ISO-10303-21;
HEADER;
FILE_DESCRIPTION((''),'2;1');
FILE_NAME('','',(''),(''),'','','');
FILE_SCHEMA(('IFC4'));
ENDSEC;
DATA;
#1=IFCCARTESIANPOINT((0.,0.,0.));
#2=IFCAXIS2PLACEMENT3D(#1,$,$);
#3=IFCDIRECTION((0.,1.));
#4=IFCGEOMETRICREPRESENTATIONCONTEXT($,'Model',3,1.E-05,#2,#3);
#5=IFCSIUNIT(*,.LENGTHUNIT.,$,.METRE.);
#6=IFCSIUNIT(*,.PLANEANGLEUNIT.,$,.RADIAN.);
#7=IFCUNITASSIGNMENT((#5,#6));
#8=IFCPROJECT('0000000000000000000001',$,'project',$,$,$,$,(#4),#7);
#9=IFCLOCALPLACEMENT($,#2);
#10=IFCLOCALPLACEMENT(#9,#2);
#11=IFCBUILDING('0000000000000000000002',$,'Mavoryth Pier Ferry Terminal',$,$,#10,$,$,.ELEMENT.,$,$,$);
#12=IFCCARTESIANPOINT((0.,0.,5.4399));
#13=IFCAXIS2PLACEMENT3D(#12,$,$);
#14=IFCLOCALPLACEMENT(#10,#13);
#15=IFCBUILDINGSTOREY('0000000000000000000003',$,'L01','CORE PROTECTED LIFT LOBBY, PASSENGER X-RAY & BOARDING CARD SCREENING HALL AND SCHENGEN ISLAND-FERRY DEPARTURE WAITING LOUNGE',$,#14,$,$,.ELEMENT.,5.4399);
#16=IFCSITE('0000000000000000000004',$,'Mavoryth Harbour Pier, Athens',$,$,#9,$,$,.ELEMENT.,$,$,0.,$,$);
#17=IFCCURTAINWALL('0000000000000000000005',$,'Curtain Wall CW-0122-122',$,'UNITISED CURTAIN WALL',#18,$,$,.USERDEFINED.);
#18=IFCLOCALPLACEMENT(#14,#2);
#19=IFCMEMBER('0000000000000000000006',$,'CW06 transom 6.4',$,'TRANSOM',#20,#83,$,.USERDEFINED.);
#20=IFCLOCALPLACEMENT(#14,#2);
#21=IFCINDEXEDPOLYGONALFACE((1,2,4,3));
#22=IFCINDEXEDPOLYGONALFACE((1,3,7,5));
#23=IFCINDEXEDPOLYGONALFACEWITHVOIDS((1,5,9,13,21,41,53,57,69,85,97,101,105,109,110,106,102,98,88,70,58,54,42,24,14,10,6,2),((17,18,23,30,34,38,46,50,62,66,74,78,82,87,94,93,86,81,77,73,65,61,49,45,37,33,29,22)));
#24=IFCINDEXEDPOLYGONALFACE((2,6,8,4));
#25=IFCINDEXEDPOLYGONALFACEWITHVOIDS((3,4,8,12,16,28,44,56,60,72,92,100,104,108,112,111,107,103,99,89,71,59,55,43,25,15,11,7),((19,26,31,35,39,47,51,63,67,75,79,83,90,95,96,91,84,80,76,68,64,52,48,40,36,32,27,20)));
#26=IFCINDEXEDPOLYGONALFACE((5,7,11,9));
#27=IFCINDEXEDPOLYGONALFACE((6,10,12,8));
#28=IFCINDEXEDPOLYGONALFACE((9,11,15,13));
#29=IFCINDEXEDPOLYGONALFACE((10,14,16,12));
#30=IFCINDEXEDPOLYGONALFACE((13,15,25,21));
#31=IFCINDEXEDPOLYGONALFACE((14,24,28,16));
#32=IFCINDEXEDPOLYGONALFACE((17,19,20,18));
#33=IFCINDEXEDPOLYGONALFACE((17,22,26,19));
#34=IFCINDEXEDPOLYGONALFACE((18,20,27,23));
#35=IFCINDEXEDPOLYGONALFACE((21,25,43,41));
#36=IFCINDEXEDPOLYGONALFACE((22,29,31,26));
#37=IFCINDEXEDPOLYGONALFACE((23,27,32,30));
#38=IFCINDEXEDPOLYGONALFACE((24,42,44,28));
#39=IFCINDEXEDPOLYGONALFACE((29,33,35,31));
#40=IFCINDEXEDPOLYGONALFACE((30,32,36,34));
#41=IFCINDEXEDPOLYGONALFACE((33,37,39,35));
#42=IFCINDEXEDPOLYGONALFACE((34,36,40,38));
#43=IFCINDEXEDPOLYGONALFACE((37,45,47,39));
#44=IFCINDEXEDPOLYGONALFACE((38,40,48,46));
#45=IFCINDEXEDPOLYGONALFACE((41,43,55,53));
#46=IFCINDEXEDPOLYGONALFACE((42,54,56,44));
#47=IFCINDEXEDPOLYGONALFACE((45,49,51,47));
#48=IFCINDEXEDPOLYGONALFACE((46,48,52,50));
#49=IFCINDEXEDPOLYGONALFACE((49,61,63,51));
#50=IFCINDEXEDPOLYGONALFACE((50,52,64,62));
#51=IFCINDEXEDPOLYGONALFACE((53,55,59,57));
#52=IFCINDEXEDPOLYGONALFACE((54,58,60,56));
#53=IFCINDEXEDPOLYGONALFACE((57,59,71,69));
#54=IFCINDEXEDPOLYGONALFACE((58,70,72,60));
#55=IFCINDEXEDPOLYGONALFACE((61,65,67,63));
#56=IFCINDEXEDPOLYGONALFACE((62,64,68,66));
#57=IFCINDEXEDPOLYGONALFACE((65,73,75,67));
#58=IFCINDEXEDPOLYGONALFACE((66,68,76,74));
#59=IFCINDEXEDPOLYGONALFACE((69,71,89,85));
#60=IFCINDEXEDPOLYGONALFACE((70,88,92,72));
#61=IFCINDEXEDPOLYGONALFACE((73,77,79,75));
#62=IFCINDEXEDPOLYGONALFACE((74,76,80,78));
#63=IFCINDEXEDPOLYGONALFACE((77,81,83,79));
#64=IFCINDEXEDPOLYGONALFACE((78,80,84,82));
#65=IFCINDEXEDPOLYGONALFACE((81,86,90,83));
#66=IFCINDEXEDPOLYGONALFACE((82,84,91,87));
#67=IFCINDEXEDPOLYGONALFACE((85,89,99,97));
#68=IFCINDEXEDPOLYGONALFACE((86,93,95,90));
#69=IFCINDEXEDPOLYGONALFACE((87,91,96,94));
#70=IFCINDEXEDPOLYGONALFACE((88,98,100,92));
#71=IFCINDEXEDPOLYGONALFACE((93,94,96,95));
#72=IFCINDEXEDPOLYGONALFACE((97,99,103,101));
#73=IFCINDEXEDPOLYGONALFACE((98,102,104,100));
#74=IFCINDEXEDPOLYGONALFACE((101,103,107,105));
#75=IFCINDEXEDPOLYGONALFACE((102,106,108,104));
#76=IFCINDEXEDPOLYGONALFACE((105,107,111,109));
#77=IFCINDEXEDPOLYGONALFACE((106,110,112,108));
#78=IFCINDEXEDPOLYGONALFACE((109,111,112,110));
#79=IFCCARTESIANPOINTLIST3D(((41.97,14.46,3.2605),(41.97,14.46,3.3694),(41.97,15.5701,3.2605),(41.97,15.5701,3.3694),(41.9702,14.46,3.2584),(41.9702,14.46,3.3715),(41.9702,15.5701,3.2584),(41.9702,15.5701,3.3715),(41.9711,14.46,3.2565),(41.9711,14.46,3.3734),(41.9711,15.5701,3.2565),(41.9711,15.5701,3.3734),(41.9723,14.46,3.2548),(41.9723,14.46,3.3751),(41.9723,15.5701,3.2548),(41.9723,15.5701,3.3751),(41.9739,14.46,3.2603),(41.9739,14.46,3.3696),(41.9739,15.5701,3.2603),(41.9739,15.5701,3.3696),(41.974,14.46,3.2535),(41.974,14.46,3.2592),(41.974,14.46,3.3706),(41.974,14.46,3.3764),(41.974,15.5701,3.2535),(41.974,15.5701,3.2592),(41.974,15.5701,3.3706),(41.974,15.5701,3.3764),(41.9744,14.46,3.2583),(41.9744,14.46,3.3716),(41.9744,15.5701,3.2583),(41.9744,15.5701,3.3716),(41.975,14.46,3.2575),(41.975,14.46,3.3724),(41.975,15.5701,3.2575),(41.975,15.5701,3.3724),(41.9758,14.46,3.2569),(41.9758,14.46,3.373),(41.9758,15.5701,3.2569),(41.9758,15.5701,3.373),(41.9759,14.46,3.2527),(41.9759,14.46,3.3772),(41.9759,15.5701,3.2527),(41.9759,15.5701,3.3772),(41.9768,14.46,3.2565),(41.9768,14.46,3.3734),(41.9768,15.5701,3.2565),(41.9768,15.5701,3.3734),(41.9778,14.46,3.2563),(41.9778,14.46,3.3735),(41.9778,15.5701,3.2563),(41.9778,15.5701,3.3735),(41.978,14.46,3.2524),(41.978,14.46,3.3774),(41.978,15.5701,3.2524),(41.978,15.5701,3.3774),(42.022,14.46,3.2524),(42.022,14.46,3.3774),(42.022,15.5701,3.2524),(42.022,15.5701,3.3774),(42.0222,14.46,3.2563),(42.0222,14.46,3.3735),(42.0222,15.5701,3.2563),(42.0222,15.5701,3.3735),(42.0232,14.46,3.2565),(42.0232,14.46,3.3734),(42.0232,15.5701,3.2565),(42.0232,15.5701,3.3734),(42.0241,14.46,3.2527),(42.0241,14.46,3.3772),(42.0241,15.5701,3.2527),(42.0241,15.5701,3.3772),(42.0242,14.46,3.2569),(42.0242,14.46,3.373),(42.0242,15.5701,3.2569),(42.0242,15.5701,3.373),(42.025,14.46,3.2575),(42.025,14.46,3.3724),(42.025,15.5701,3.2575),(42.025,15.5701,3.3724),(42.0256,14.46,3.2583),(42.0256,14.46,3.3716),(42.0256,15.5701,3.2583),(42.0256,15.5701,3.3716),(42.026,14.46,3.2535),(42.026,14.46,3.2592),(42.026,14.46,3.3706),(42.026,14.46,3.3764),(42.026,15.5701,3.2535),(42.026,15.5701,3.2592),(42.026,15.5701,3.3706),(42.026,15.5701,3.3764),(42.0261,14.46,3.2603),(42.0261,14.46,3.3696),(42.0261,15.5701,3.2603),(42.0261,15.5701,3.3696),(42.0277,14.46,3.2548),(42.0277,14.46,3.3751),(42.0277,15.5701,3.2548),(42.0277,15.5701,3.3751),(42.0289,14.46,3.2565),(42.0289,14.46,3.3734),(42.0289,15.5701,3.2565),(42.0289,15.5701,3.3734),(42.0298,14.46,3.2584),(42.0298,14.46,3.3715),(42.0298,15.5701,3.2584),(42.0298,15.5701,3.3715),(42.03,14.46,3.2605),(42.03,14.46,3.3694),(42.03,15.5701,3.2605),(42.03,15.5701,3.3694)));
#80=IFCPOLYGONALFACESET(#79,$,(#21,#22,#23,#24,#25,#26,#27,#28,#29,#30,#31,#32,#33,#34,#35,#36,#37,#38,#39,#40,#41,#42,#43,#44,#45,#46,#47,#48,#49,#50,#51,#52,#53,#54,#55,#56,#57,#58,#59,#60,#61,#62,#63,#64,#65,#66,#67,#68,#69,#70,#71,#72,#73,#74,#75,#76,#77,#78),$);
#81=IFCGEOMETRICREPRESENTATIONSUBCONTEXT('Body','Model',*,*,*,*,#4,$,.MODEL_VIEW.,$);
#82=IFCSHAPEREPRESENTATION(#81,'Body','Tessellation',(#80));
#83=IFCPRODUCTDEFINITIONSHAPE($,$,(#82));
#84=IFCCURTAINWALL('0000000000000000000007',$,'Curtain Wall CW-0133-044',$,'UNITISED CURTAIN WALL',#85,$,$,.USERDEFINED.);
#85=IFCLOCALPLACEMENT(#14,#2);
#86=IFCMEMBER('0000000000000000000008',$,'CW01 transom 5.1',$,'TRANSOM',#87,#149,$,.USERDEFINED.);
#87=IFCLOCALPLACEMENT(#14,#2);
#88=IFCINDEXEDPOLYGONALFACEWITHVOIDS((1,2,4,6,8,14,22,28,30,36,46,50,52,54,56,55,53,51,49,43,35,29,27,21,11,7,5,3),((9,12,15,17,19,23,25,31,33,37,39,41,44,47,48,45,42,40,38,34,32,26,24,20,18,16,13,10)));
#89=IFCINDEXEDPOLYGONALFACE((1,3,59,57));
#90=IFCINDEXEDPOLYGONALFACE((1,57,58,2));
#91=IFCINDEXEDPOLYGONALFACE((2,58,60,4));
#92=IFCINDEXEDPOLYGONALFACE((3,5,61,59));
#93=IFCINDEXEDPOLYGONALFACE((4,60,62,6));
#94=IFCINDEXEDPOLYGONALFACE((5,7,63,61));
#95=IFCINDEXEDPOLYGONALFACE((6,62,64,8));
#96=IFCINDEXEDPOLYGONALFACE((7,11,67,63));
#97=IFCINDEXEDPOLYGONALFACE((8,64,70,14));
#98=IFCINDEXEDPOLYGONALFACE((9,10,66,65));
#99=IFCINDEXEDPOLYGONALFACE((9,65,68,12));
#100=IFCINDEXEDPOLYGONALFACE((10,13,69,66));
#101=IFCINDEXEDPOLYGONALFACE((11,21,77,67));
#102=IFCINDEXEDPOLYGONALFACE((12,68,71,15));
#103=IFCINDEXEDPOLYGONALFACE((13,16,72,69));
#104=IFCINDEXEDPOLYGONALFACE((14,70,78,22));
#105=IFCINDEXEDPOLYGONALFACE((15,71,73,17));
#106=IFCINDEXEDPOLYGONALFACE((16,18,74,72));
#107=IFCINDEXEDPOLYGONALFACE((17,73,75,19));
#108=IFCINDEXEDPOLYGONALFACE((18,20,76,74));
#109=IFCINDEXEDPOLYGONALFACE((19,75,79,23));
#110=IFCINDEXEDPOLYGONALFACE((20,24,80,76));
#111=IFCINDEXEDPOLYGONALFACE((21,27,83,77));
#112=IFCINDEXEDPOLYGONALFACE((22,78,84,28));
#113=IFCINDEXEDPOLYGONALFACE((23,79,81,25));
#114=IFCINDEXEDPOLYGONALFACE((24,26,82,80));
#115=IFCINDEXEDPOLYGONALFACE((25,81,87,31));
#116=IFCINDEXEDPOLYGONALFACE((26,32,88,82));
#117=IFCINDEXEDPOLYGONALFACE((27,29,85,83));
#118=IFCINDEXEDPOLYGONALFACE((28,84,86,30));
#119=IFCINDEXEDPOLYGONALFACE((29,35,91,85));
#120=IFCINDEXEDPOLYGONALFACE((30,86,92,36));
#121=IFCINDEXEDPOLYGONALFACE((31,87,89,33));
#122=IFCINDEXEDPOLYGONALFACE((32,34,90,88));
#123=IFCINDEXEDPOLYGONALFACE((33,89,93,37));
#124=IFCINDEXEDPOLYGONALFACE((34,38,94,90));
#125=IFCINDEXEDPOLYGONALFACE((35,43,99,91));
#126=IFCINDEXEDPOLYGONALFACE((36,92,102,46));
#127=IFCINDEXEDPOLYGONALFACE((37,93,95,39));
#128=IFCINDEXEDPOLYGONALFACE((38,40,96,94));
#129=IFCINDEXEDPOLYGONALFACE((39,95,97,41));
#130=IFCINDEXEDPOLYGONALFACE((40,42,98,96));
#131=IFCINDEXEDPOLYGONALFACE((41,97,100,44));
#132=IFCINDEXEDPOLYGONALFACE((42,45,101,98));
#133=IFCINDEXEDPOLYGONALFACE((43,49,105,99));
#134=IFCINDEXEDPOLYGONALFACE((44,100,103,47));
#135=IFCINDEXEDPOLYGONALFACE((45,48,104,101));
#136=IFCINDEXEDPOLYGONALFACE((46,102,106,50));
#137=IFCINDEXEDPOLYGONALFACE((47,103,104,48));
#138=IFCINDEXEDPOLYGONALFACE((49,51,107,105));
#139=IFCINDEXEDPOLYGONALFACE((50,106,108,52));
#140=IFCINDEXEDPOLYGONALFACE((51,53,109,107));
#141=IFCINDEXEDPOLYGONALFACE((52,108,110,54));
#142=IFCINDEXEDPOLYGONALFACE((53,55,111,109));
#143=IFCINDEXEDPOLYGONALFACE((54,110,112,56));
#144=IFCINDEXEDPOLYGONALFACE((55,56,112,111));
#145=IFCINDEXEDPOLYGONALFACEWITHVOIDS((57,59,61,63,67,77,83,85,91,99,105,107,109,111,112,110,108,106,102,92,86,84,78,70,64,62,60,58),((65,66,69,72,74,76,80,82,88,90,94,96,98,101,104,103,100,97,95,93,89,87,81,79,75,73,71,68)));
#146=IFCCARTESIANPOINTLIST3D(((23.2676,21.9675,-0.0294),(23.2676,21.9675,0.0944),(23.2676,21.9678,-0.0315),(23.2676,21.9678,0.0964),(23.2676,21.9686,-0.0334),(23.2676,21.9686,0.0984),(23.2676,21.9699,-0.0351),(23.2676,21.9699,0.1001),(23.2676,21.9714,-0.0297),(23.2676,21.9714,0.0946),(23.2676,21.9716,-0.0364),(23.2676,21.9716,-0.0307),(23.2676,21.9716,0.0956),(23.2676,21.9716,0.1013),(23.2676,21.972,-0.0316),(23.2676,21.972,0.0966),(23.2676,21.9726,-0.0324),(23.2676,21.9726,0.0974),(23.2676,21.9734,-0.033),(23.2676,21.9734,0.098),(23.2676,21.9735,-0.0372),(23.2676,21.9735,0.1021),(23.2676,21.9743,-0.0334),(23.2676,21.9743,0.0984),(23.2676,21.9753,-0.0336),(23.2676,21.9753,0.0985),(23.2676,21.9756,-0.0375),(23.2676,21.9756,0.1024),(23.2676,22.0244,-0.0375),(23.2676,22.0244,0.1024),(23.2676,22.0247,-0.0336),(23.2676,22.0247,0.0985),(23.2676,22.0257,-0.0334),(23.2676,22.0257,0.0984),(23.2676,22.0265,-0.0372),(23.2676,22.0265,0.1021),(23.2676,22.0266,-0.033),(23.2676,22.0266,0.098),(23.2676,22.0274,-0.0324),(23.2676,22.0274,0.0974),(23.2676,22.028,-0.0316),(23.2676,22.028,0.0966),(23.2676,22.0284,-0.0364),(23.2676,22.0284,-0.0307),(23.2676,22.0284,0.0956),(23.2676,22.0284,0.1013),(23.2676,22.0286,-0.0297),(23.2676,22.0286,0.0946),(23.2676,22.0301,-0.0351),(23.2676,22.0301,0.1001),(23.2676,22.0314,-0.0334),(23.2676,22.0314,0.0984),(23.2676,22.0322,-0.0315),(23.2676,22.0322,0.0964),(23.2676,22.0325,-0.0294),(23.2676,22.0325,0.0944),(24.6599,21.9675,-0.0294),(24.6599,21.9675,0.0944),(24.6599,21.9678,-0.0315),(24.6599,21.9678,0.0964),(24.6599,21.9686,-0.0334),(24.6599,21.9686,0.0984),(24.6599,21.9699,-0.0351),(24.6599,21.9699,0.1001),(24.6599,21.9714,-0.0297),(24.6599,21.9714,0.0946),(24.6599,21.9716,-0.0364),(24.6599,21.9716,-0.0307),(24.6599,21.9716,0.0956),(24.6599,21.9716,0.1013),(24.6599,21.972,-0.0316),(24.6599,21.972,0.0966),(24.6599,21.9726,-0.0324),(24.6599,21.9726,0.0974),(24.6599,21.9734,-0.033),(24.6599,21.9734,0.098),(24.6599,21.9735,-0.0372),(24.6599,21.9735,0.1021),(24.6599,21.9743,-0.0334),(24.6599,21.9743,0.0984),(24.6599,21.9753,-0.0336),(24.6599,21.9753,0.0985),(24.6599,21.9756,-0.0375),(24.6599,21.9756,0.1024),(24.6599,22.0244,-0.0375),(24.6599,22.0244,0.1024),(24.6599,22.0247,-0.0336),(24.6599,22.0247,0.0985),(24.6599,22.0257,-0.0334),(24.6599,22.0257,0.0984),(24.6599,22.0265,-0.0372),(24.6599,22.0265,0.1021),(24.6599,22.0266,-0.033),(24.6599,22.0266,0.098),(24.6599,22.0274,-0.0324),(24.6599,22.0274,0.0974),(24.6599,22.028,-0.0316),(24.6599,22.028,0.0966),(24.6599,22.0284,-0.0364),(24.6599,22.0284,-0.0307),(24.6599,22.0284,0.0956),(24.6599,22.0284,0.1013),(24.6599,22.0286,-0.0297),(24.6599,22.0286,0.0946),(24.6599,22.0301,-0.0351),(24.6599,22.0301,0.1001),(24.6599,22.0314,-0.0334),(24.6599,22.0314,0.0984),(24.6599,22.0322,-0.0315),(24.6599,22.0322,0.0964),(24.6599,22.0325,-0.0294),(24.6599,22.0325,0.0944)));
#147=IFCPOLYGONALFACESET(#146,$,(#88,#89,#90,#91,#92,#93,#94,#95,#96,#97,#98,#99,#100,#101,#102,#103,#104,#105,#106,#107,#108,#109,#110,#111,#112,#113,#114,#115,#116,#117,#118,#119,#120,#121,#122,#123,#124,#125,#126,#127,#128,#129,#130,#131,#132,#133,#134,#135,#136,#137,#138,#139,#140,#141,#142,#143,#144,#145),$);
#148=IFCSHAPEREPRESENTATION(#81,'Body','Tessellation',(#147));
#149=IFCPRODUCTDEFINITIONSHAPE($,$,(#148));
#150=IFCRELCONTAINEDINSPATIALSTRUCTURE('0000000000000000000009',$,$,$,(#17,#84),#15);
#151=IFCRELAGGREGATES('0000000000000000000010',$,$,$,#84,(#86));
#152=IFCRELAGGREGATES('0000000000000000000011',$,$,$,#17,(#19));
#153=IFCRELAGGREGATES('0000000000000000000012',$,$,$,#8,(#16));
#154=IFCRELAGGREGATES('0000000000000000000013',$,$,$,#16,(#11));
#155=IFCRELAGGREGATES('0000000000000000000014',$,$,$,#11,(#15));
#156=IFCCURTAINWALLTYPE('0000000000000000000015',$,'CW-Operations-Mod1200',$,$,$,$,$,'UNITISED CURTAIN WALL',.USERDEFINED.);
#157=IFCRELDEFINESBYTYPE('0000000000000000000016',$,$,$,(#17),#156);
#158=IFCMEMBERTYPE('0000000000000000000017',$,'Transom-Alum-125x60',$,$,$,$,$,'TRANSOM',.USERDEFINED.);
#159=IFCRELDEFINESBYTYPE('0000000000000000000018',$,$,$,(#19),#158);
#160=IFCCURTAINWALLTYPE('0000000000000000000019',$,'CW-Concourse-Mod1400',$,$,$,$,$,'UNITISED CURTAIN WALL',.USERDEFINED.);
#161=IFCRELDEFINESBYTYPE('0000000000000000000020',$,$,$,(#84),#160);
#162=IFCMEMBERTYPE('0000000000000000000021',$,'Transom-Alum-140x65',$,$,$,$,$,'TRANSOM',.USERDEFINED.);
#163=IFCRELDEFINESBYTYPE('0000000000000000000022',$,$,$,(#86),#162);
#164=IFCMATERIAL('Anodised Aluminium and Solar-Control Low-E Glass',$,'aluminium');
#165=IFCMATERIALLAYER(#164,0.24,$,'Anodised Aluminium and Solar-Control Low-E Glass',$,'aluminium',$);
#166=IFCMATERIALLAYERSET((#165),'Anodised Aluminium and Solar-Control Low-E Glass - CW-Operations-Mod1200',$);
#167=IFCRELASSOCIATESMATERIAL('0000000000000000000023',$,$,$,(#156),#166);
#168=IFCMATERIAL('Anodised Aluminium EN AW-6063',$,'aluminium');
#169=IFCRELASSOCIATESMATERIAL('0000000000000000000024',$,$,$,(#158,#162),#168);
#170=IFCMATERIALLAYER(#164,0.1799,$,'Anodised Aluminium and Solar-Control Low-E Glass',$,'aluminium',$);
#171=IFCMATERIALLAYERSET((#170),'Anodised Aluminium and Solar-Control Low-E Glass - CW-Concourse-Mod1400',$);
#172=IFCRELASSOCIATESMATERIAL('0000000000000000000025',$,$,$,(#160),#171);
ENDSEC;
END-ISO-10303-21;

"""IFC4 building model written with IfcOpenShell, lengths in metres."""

from ifc_helpers import new_model, si_unit, direction, frame, origin, origin_2d, place, context, subcontext, project, spatial, hollow_rectangle, extrude, material, layer, layer_set, material_profile, profile_set, type_object, element, aggregate, save


model = new_model("IFC4")

# Units and contexts
model_context = context("Model", 3, precision=1e-05, world=origin(), true_north=direction((0.0, 1.0)))
body_context = subcontext(model_context, "Body", "Model", "MODEL_VIEW")
ifc_project = project(units=[si_unit("LENGTHUNIT", "METRE"), si_unit("PLANEANGLEUNIT", "RADIAN")], contexts=[model_context])

# Site, building, storey
site_placement = place(None, origin())
site = spatial("IfcSite", under=ifc_project, at=site_placement, Name="Mavoryth Harbour Pier, Athens", CompositionType="ELEMENT", RefElevation=0.0)
building_placement = place(site_placement, origin())
building = spatial("IfcBuilding", under=site, at=building_placement, Name="Mavoryth Pier Ferry Terminal", CompositionType="ELEMENT")
storey_placement = place(building_placement, frame((0.0, 0.0, 5.4399)))
storey = spatial("IfcBuildingStorey", under=building, at=storey_placement, Name="L01", Description="CORE PROTECTED LIFT LOBBY, PASSENGER X-RAY & BOARDING CARD SCREENING HALL AND SCHENGEN ISLAND-FERRY DEPARTURE WAITING LOUNGE", CompositionType="ELEMENT", Elevation=5.4399)

# Curtain wall
ifc_material_1 = material(Name="Anodised Aluminium and Solar-Control Low-E Glass", Category="aluminium")
ifc_layer_1 = layer(ifc_material_1, 0.24, Name="Anodised Aluminium and Solar-Control Low-E Glass", Category="aluminium")
ifc_layer_set_1 = layer_set([ifc_layer_1], Name="Anodised Aluminium and Solar-Control Low-E Glass - CW-Operations-Mod1200")
curtain_wall_type_1 = type_object("IfcCurtainWallType", Name="CW-Operations-Mod1200", ElementType="UNITISED CURTAIN WALL", PredefinedType="USERDEFINED", material=ifc_layer_set_1)
ifc_material_2 = material(Name="Anodised Aluminium EN AW-6063", Category="aluminium")
curtain_wall_1_placement = place(storey_placement, origin())
curtain_wall_1 = element("IfcCurtainWall", 1, at=curtain_wall_1_placement, inside=storey, type_object=curtain_wall_type_1, Name="Curtain Wall CW-0122-122", ObjectType="UNITISED CURTAIN WALL", PredefinedType="USERDEFINED")

# Member
ifc_material_profile_1 = material_profile(ifc_material_2, hollow_rectangle(XDim=0.0601, YDim=0.125, WallThickness=0.0039, InnerFilletRadius=0.0039, OuterFilletRadius=0.0081, at=origin_2d()), Name="AL-TRAN 125x60x4", Category="aluminium")
ifc_profile_set_1 = profile_set([ifc_material_profile_1], Name="Anodised Aluminium EN AW-6063 - AL-TRAN 125x60x4")
member_type_1 = type_object("IfcMemberType", Name="Transom-Alum-125x60", ElementType="TRANSOM", PredefinedType="USERDEFINED", material=ifc_profile_set_1)
member_1_placement = place(storey_placement, frame((42.0, 15.5701, 3.3149), z_axis=(0.0, -1.0, 0.0), x_axis=(1.0, 0.0, 0.0)))
member_1 = element("IfcMember", 2, at=member_1_placement, type_object=member_type_1, Name="CW06 transom 6.4", ObjectType="TRANSOM", PredefinedType="USERDEFINED", context=body_context, shape_type="SweptSolid", body=[
    extrude(hollow_rectangle(XDim=0.0601, YDim=0.125, WallThickness=0.0039, InnerFilletRadius=0.0039, OuterFilletRadius=0.0081, at=origin_2d()), origin(), (0.0, 0.0, 1.0), 1.1101),
])

# Curtain wall, member
ifc_layer_2 = layer(ifc_material_1, 0.1799, Name="Anodised Aluminium and Solar-Control Low-E Glass", Category="aluminium")
ifc_layer_set_2 = layer_set([ifc_layer_2], Name="Anodised Aluminium and Solar-Control Low-E Glass - CW-Concourse-Mod1400")
curtain_wall_type_2 = type_object("IfcCurtainWallType", Name="CW-Concourse-Mod1400", ElementType="UNITISED CURTAIN WALL", PredefinedType="USERDEFINED", material=ifc_layer_set_2)
curtain_wall_2_placement = place(storey_placement, origin())
curtain_wall_2 = element("IfcCurtainWall", 3, at=curtain_wall_2_placement, inside=storey, type_object=curtain_wall_type_2, Name="Curtain Wall CW-0133-044", ObjectType="UNITISED CURTAIN WALL", PredefinedType="USERDEFINED")
ifc_material_profile_2 = material_profile(ifc_material_2, hollow_rectangle(XDim=0.0649, YDim=0.1399, WallThickness=0.0039, InnerFilletRadius=0.0039, OuterFilletRadius=0.0081, at=origin_2d()), Name="AL-TRAN 140x65x4", Category="aluminium")
ifc_profile_set_2 = profile_set([ifc_material_profile_2], Name="Anodised Aluminium EN AW-6063 - AL-TRAN 140x65x4")
member_type_2 = type_object("IfcMemberType", Name="Transom-Alum-140x65", ElementType="TRANSOM", PredefinedType="USERDEFINED", material=ifc_profile_set_2)
member_2_placement = place(storey_placement, frame((23.2676, 22.0, 0.0325), z_axis=(1.0, 0.0, 0.0), x_axis=(0.0, 1.0, 0.0)))
member_2 = element("IfcMember", 4, at=member_2_placement, type_object=member_type_2, Name="CW01 transom 5.1", ObjectType="TRANSOM", PredefinedType="USERDEFINED", context=body_context, shape_type="SweptSolid", body=[
    extrude(hollow_rectangle(XDim=0.0649, YDim=0.1399, WallThickness=0.0039, InnerFilletRadius=0.0039, OuterFilletRadius=0.0081, at=origin_2d()), origin(), (0.0, 0.0, 1.0), 1.3923),
])
aggregate(curtain_wall_2, [member_2])

aggregate(curtain_wall_1, [member_1])

save(model, "model.ifc")
